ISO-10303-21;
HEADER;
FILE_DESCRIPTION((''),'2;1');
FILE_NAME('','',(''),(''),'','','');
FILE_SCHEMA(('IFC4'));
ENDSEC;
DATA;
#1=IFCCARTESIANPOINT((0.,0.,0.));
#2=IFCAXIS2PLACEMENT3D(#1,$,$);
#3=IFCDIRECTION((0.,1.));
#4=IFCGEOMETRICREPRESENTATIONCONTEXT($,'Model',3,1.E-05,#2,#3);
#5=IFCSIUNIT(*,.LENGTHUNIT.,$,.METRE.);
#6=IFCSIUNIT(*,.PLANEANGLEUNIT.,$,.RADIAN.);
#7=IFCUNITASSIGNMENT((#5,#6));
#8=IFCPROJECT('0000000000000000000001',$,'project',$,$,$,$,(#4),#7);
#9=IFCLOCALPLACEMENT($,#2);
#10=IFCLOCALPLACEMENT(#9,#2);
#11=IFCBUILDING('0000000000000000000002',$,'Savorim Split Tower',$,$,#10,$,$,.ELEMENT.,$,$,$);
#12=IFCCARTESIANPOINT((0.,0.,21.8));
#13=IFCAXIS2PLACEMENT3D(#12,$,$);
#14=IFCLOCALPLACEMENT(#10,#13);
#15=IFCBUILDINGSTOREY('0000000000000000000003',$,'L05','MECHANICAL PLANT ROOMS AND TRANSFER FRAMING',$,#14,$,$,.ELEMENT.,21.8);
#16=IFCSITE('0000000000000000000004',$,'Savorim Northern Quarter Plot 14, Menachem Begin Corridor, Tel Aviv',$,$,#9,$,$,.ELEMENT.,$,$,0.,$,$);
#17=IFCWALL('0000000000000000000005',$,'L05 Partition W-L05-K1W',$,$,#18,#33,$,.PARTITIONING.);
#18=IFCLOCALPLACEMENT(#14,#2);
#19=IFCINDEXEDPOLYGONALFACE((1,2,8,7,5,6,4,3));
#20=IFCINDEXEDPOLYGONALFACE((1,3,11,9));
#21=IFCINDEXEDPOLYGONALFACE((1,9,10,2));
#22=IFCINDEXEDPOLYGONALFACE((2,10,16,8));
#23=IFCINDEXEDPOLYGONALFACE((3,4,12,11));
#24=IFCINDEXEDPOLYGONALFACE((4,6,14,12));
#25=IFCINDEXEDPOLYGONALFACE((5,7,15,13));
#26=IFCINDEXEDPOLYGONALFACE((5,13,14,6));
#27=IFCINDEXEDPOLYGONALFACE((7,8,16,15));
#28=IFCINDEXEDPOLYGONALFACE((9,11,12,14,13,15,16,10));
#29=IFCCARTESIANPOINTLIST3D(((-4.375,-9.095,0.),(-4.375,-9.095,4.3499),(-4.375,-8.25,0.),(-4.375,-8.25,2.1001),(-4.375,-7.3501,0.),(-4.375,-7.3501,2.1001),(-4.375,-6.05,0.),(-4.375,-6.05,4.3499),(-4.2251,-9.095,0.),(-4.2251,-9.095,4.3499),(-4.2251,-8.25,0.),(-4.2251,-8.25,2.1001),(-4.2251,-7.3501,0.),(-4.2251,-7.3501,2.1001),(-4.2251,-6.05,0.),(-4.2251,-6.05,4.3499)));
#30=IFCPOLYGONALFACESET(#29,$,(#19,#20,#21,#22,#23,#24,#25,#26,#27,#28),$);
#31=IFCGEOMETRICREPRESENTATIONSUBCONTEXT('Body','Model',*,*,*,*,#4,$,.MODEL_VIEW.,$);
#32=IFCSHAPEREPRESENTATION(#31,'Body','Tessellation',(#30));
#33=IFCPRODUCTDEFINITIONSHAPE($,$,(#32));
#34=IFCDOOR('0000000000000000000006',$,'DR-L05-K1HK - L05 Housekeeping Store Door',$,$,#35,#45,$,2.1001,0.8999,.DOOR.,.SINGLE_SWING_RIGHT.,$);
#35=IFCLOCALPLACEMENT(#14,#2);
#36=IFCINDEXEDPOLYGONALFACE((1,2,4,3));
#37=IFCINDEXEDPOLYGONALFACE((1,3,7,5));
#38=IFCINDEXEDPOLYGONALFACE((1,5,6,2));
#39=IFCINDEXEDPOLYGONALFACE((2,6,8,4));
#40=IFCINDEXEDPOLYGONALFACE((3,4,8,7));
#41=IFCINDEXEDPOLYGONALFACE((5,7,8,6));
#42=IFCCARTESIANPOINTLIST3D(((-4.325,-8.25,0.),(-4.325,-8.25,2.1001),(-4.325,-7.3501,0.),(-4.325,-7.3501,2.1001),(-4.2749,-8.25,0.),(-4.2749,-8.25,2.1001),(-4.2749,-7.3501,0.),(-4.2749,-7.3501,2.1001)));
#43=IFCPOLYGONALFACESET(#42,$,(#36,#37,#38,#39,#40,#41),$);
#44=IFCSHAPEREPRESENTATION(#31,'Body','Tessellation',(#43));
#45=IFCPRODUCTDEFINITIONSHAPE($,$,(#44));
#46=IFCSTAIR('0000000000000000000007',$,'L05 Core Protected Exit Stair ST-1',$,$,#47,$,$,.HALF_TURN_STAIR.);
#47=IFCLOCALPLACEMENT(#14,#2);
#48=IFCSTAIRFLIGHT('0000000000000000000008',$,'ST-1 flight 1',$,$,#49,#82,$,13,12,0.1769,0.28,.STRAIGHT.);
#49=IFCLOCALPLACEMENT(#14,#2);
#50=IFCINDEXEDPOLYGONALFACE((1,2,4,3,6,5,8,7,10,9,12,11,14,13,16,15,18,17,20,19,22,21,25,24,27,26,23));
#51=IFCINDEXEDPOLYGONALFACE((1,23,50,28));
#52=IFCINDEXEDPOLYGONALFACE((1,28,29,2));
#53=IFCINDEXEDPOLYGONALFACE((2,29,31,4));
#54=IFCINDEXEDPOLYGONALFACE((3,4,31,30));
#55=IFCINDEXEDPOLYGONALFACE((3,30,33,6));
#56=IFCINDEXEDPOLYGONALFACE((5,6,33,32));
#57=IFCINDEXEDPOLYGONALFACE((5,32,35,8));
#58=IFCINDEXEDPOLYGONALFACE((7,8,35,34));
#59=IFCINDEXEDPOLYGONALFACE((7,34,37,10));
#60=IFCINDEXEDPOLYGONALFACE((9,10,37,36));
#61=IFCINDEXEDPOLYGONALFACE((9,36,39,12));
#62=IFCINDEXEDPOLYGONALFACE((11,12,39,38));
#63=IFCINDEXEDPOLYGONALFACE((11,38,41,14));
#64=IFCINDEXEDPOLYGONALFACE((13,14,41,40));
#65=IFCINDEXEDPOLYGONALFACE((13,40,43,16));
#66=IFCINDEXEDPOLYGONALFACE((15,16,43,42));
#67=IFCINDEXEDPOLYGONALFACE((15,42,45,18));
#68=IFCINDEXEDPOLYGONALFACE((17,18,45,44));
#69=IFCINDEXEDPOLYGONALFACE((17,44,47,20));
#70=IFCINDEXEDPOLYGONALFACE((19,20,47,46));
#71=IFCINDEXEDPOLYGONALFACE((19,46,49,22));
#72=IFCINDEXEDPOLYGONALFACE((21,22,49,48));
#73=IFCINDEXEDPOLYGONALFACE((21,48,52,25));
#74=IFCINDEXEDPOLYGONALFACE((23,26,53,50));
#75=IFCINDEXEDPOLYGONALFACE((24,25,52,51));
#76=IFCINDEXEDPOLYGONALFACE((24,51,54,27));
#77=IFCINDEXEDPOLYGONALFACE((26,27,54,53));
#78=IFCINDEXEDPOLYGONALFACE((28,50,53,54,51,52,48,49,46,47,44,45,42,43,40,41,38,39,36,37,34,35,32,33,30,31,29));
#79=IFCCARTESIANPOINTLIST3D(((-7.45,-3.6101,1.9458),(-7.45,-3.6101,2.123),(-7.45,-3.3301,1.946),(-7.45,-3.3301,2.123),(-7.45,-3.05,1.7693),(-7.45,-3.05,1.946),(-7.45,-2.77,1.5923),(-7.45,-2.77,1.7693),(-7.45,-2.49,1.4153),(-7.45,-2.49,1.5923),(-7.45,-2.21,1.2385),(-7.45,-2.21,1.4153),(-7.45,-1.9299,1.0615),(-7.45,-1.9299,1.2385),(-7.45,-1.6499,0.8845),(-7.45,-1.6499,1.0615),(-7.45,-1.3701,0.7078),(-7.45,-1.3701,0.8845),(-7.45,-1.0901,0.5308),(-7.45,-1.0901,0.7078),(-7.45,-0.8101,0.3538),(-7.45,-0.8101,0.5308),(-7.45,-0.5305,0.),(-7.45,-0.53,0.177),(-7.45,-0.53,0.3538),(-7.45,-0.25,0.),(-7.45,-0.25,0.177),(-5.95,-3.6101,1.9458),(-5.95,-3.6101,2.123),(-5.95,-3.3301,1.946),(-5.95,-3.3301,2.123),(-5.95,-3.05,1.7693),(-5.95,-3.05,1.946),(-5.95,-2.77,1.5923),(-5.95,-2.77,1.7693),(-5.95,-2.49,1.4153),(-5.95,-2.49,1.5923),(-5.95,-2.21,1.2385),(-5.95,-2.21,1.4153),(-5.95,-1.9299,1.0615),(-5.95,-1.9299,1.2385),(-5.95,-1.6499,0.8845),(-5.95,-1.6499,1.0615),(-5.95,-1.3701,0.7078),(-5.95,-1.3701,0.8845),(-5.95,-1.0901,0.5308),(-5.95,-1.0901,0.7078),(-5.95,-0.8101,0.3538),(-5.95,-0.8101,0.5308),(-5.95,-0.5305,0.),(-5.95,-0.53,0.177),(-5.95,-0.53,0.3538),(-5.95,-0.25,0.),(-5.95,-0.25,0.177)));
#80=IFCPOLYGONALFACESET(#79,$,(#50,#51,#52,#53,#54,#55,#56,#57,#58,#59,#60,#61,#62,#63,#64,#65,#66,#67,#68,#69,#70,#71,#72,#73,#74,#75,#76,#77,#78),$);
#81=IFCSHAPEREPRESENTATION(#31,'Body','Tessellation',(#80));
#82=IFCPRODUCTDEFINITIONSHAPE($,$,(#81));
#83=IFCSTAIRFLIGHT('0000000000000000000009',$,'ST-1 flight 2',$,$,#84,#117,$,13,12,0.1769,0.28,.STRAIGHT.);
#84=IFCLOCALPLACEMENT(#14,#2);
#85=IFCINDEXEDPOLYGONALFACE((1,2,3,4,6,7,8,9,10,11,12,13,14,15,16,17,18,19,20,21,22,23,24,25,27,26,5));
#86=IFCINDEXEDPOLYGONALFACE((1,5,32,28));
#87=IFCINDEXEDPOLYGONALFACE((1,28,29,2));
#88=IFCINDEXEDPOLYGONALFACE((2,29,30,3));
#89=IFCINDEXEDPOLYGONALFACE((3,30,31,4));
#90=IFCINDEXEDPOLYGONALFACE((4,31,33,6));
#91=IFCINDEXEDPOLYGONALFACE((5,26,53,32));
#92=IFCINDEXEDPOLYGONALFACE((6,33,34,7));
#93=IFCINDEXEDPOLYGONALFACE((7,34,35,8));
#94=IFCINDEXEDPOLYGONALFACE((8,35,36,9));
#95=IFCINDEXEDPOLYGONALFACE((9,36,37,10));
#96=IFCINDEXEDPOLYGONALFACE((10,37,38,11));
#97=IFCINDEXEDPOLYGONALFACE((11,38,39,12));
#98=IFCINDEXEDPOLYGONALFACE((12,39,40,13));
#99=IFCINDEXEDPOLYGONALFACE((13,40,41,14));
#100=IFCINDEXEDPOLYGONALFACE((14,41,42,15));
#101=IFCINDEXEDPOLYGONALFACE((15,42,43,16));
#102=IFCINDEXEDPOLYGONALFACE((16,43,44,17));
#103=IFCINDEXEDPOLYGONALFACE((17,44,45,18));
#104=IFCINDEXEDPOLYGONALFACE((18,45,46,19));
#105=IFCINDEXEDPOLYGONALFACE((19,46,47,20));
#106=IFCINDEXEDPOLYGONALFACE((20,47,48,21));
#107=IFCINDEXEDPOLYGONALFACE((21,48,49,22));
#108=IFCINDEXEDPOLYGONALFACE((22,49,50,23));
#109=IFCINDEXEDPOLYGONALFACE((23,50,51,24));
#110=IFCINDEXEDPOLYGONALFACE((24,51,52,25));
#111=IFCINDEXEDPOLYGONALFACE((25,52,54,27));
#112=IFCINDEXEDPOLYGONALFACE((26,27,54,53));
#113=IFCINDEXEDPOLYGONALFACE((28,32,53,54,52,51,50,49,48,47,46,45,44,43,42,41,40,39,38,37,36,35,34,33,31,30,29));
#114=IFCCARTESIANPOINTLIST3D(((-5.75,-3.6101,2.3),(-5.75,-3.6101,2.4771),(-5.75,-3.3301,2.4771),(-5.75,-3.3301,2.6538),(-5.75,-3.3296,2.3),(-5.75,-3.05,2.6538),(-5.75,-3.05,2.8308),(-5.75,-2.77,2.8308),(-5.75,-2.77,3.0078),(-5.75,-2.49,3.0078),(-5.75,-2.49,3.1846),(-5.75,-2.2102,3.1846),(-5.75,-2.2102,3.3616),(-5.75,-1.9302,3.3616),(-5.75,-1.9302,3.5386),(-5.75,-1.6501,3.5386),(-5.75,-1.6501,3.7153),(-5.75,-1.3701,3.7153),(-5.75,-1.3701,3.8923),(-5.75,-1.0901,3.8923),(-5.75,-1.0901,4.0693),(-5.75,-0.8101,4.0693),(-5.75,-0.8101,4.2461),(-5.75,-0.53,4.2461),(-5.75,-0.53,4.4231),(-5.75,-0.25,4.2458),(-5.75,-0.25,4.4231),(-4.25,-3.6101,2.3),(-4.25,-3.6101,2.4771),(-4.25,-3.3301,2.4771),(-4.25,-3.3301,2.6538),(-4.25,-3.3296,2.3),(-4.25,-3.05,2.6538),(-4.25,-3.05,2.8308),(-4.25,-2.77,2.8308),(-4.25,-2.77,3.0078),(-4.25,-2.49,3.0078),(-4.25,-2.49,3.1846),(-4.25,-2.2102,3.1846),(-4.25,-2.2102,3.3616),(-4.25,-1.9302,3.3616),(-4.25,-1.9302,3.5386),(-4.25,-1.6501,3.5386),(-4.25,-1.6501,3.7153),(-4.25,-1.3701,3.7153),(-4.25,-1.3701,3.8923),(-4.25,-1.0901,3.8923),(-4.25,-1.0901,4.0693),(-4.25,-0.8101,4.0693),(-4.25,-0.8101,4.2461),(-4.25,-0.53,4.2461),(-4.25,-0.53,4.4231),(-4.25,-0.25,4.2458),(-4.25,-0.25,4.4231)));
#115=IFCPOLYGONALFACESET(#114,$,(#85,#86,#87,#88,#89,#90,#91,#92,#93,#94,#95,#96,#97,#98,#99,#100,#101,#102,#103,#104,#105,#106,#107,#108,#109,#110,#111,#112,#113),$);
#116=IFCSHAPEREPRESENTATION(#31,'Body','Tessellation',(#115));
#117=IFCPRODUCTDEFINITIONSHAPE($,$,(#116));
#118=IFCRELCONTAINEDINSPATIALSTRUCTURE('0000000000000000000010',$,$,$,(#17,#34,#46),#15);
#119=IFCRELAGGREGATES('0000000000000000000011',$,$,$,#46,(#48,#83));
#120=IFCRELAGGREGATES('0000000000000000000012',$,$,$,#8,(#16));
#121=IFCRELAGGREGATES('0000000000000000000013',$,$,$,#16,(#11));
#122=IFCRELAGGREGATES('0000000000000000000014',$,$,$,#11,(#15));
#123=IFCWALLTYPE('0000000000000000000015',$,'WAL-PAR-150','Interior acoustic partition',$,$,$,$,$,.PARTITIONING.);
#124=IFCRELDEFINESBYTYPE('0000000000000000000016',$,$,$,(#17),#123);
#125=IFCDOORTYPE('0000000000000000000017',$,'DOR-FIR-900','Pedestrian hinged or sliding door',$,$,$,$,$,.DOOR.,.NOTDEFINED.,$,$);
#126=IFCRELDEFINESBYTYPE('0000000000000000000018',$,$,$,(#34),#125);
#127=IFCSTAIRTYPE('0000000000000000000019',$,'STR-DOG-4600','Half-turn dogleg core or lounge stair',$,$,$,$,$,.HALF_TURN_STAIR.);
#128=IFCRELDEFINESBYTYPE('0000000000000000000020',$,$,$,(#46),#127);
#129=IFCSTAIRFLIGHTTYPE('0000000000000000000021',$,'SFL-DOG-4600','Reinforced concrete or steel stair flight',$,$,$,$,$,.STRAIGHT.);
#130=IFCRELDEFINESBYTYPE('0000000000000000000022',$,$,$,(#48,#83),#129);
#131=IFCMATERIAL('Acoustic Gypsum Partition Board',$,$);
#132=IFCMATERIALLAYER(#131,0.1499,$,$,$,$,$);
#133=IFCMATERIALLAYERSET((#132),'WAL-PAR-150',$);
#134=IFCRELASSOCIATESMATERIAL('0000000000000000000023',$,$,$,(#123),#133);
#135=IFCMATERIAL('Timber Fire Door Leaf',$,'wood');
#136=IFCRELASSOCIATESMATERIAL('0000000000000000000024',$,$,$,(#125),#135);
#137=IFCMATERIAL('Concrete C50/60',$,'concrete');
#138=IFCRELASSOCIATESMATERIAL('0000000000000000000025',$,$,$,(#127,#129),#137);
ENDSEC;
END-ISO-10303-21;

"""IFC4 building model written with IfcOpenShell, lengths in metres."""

from ifc_helpers import new_model, si_unit, direction, frame, frame_2d, origin, place, context, subcontext, project, spatial, polyline, rectangle, outline, extrude, material, layer, layer_set, type_object, element, fill, aggregate, save


model = new_model("IFC4")

# Units and contexts
model_context = context("Model", 3, precision=1e-05, world=origin(), true_north=direction((0.0, 1.0)))
body_context = subcontext(model_context, "Body", "Model", "MODEL_VIEW")
ifc_project = project(units=[si_unit("LENGTHUNIT", "METRE"), si_unit("PLANEANGLEUNIT", "RADIAN")], contexts=[model_context])

# Site, building, storey
site_placement = place(None, origin())
site = spatial("IfcSite", under=ifc_project, at=site_placement, Name="Savorim Northern Quarter Plot 14, Menachem Begin Corridor, Tel Aviv", CompositionType="ELEMENT", RefElevation=0.0)
building_placement = place(site_placement, origin())
building = spatial("IfcBuilding", under=site, at=building_placement, Name="Savorim Split Tower", CompositionType="ELEMENT")
storey_placement = place(building_placement, frame((0.0, 0.0, 21.8)))
storey = spatial("IfcBuildingStorey", under=building, at=storey_placement, Name="L05", Description="MECHANICAL PLANT ROOMS AND TRANSFER FRAMING", CompositionType="ELEMENT", Elevation=21.8)

# Shared definitions
ifc_material_1 = material(Name="Concrete C50/60", Category="concrete")

# Shared definitions
ifc_material_2 = material(Name="Timber Fire Door Leaf", Category="wood")

# Shared definitions
ifc_material_3 = material(Name="Acoustic Gypsum Partition Board")
ifc_layer_1 = layer(ifc_material_3, 0.1499)
ifc_layer_set_1 = layer_set([ifc_layer_1], Name="WAL-PAR-150")
wall_type_1 = type_object("IfcWallType", Name="WAL-PAR-150", Description="Interior acoustic partition", PredefinedType="PARTITIONING", material=ifc_layer_set_1)

# Wall, opening, door
wall_1_placement = place(storey_placement, frame((-4.3, -9.095, 0.0), z_axis=(0.0, 0.0, 1.0), x_axis=(0.0, 1.0, 0.0)))
wall_1 = element("IfcWall", 1, at=wall_1_placement, inside=storey, type_object=wall_type_1, Name="L05 Partition W-L05-K1W", PredefinedType="PARTITIONING", context=body_context, shape_type="SweptSolid", body=[
    extrude(rectangle(XDim=3.0449, YDim=0.1499, at=frame_2d((1.5225, 0.0))), origin(), (0.0, 0.0, 1.0), 4.3499),
])
opening_1_placement = place(wall_1_placement, frame((0.845, 0.0, 0.0)))
opening_1 = element("IfcOpeningElement", 2, at=opening_1_placement, cuts=wall_1, PredefinedType="OPENING", context=body_context, shape_type="SweptSolid", body=[
    extrude(rectangle(XDim=0.8999, YDim=2.1001, at=frame_2d((0.45, 1.05))), frame((0.0, 0.085, 0.0), z_axis=(0.0, -1.0, 0.0), x_axis=(1.0, 0.0, 0.0)), (0.0, 0.0, 1.0), 0.1699),
])
door_type_1 = type_object("IfcDoorType", Name="DOR-FIR-900", Description="Pedestrian hinged or sliding door", OperationType="NOTDEFINED", PredefinedType="DOOR", material=ifc_material_2)
door_1_placement = place(opening_1_placement, origin())
door_1 = element("IfcDoor", 3, at=door_1_placement, inside=storey, type_object=door_type_1, Name="DR-L05-K1HK - L05 Housekeeping Store Door", OperationType="SINGLE_SWING_RIGHT", OverallHeight=2.1001, OverallWidth=0.8999, PredefinedType="DOOR", context=body_context, shape_type="SweptSolid", body=[
    extrude(rectangle(XDim=0.8999, YDim=2.1001, at=frame_2d((0.45, 1.05))), frame((0.0, 0.0249, 0.0), z_axis=(0.0, -1.0, 0.0), x_axis=(1.0, 0.0, 0.0)), (0.0, 0.0, 1.0), 0.05),
])
fill(opening_1, door_1)

# Stair, stair flights
stair_type = type_object("IfcStairType", Name="STR-DOG-4600", Description="Half-turn dogleg core or lounge stair", PredefinedType="HALF_TURN_STAIR", material=ifc_material_1)
stair_placement = place(storey_placement, origin())
stair = element("IfcStair", 4, at=stair_placement, inside=storey, type_object=stair_type, Name="L05 Core Protected Exit Stair ST-1", PredefinedType="HALF_TURN_STAIR")
stair_flight_type = type_object("IfcStairFlightType", Name="SFL-DOG-4600", Description="Reinforced concrete or steel stair flight", PredefinedType="STRAIGHT", material=ifc_material_1)
stair_flight_1_placement = place(storey_placement, frame((-6.7, -0.25, 0.0), z_axis=(0.0, 0.0, 1.0), x_axis=(0.0, -1.0, 0.0)))
stair_flight_1 = element("IfcStairFlight", 5, at=stair_flight_1_placement, type_object=stair_flight_type, Name="ST-1 flight 1", NumberOfRisers=13, NumberOfTreads=12, PredefinedType="STRAIGHT", RiserHeight=0.1769, TreadLength=0.28, context=body_context, shape_type="SweptSolid", body=[
    extrude(outline(polyline([(0.0, 0.0), (0.0, 0.177), (0.28, 0.177), (0.28, 0.3538), (0.5601, 0.3538), (0.5601, 0.5308), (0.8401, 0.5308), (0.8401, 0.7078), (1.1201, 0.7078), (1.1201, 0.8845), (1.3999, 0.8845), (1.3999, 1.0615), (1.6799, 1.0615), (1.6799, 1.2385), (1.96, 1.2385), (1.96, 1.4153), (2.24, 1.4153), (2.24, 1.5923), (2.52, 1.5923), (2.52, 1.7693), (2.8, 1.7693), (2.8, 1.946), (3.0801, 1.946), (3.0801, 2.123), (3.3601, 2.123), (3.3601, 2.3), (3.3601, 1.9458), (0.2805, 0.0), (0.0, 0.0)])), frame((0.0, 0.75, 0.0), z_axis=(0.0, -1.0, 0.0), x_axis=(1.0, 0.0, 0.0)), (0.0, 0.0, 1.0), 1.5),
])
stair_flight_2_placement = place(storey_placement, frame((-5.0, -3.6101, 2.3), z_axis=(0.0, 0.0, 1.0), x_axis=(0.0, 1.0, 0.0)))
stair_flight_2 = element("IfcStairFlight", 6, at=stair_flight_2_placement, type_object=stair_flight_type, Name="ST-1 flight 2", NumberOfRisers=13, NumberOfTreads=12, PredefinedType="STRAIGHT", RiserHeight=0.1769, TreadLength=0.28, context=body_context, shape_type="SweptSolid", body=[
    extrude(outline(polyline([(0.0, 0.0), (0.0, 0.177), (0.28, 0.177), (0.28, 0.3538), (0.5601, 0.3538), (0.5601, 0.5308), (0.8401, 0.5308), (0.8401, 0.7078), (1.1201, 0.7078), (1.1201, 0.8845), (1.3999, 0.8845), (1.3999, 1.0615), (1.6799, 1.0615), (1.6799, 1.2385), (1.96, 1.2385), (1.96, 1.4153), (2.24, 1.4153), (2.24, 1.5923), (2.52, 1.5923), (2.52, 1.7693), (2.8, 1.7693), (2.8, 1.946), (3.0801, 1.946), (3.0801, 2.123), (3.3601, 2.123), (3.3601, 2.3), (3.3601, 1.9458), (0.2805, 0.0), (0.0, 0.0)])), frame((0.0, 0.75, 0.0), z_axis=(0.0, -1.0, 0.0), x_axis=(1.0, 0.0, 0.0)), (0.0, 0.0, 1.0), 1.5),
])
aggregate(stair, [stair_flight_1, stair_flight_2])

save(model, "model.ifc")
